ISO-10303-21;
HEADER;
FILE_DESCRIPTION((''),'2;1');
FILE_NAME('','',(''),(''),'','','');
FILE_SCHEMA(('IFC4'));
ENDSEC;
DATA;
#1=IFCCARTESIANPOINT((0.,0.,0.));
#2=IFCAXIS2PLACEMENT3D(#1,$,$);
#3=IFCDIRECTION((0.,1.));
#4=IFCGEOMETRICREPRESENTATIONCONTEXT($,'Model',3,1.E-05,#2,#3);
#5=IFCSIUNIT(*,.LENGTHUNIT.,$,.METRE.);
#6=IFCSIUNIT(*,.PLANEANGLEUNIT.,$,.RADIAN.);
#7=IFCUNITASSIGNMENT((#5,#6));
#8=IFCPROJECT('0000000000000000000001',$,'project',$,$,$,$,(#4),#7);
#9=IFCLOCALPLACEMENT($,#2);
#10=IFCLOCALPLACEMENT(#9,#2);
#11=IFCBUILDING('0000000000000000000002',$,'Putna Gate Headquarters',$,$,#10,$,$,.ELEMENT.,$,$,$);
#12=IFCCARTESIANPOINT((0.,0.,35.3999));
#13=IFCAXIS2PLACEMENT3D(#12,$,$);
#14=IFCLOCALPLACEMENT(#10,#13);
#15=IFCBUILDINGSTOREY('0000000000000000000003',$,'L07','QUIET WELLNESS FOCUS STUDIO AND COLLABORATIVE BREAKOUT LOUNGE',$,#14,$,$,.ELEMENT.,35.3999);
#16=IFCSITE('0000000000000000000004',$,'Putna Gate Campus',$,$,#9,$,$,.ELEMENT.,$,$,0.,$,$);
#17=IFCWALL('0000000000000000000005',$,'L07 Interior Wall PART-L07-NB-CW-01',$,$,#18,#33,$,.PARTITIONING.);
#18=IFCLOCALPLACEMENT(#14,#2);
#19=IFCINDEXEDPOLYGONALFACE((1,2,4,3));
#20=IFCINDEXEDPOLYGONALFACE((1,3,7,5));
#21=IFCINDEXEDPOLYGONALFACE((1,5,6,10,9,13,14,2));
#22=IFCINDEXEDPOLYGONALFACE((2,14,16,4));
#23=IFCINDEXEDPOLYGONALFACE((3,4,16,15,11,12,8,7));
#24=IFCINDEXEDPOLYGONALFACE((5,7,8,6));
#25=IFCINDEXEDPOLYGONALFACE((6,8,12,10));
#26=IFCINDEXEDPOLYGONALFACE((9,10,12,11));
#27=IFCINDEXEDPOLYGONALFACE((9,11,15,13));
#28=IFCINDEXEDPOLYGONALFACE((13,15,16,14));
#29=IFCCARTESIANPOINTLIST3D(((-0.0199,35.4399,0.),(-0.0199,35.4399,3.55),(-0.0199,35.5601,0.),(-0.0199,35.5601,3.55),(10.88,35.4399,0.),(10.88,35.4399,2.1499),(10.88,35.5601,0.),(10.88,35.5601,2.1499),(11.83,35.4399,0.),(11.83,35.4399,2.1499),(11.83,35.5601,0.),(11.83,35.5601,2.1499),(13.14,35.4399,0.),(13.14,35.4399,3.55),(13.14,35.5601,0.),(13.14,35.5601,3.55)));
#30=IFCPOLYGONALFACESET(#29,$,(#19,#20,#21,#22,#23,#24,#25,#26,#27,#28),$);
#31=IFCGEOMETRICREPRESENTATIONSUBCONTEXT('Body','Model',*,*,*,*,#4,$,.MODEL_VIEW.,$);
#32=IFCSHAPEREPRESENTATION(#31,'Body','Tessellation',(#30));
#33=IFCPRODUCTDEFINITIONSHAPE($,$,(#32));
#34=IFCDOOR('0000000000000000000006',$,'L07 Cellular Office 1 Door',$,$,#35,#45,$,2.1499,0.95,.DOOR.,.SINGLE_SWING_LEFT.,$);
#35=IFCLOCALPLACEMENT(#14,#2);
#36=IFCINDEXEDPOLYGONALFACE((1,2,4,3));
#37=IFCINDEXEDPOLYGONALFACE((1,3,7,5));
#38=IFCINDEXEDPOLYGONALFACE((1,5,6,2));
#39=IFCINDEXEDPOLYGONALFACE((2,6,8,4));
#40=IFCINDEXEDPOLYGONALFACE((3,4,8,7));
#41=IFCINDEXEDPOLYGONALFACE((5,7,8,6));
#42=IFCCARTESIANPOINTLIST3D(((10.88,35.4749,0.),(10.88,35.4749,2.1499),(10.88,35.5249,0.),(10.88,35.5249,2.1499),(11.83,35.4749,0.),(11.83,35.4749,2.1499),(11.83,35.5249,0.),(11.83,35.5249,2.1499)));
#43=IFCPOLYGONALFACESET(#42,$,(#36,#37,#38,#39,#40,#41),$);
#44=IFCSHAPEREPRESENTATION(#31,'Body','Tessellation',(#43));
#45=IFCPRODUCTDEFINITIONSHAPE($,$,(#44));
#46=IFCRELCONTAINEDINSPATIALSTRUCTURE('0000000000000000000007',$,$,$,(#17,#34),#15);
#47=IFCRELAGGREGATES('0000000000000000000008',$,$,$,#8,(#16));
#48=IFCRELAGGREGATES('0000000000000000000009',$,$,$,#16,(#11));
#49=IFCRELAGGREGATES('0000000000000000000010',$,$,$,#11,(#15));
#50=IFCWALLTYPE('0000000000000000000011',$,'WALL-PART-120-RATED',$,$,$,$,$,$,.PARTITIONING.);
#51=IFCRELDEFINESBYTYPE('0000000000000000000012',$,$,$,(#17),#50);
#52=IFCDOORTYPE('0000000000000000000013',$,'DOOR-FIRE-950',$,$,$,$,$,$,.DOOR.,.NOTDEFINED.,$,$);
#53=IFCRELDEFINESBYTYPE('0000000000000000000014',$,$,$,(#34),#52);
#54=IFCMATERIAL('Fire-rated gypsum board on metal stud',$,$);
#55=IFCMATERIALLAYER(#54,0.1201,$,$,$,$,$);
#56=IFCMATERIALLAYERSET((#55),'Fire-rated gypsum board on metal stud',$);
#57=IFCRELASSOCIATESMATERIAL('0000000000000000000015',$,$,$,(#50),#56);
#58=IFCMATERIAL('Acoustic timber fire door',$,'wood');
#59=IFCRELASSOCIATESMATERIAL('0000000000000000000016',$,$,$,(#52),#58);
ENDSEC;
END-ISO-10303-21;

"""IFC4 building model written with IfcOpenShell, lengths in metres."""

from ifc_helpers import new_model, si_unit, direction, frame, frame_2d, origin, place, context, subcontext, project, spatial, rectangle, extrude, material, layer, layer_set, type_object, element, fill, save


model = new_model("IFC4")

# Units and contexts
model_context = context("Model", 3, precision=1e-05, world=origin(), true_north=direction((0.0, 1.0)))
body_context = subcontext(model_context, "Body", "Model", "MODEL_VIEW")
ifc_project = project(units=[si_unit("LENGTHUNIT", "METRE"), si_unit("PLANEANGLEUNIT", "RADIAN")], contexts=[model_context])

# Site, building, storey
site_placement = place(None, origin())
site = spatial("IfcSite", under=ifc_project, at=site_placement, Name="Putna Gate Campus", CompositionType="ELEMENT", RefElevation=0.0)
building_placement = place(site_placement, origin())
building = spatial("IfcBuilding", under=site, at=building_placement, Name="Putna Gate Headquarters", CompositionType="ELEMENT")
storey_placement = place(building_placement, frame((0.0, 0.0, 35.3999)))
storey = spatial("IfcBuildingStorey", under=building, at=storey_placement, Name="L07", Description="QUIET WELLNESS FOCUS STUDIO AND COLLABORATIVE BREAKOUT LOUNGE", CompositionType="ELEMENT", Elevation=35.3999)

# Shared definitions
ifc_material_1 = material(Name="Fire-rated gypsum board on metal stud")
ifc_layer_1 = layer(ifc_material_1, 0.1201)
ifc_layer_set_1 = layer_set([ifc_layer_1], Name="Fire-rated gypsum board on metal stud")
wall_type_1 = type_object("IfcWallType", Name="WALL-PART-120-RATED", PredefinedType="PARTITIONING", material=ifc_layer_set_1)
ifc_material_2 = material(Name="Acoustic timber fire door", Category="wood")
door_type_1 = type_object("IfcDoorType", Name="DOOR-FIRE-950", OperationType="NOTDEFINED", PredefinedType="DOOR", material=ifc_material_2)

# Wall, opening, door
wall_1_placement = place(storey_placement, frame((-0.02, 35.5, 0.0), z_axis=(0.0, 0.0, 1.0), x_axis=(1.0, 0.0, 0.0)))
wall_1 = element("IfcWall", 1, at=wall_1_placement, inside=storey, type_object=wall_type_1, Name="L07 Interior Wall PART-L07-NB-CW-01", PredefinedType="PARTITIONING", context=body_context, shape_type="SweptSolid", body=[
    extrude(rectangle(XDim=13.1599, YDim=0.1201, at=frame_2d((6.5801, 0.0))), origin(), (0.0, 0.0, 1.0), 3.55),
])
opening_1_placement = place(wall_1_placement, frame((10.8999, 0.0, 0.0)))
opening_1 = element("IfcOpeningElement", 2, at=opening_1_placement, cuts=wall_1, PredefinedType="OPENING", context=body_context, shape_type="SweptSolid", body=[
    extrude(rectangle(XDim=0.95, YDim=2.1499, at=frame_2d((0.4751, 1.075))), frame((0.0, 0.0701, 0.0), z_axis=(0.0, -1.0, 0.0), x_axis=(1.0, 0.0, 0.0)), (0.0, 0.0, 1.0), 0.1401),
])
door_1_placement = place(opening_1_placement, origin())
door_1 = element("IfcDoor", 3, at=door_1_placement, inside=storey, type_object=door_type_1, Name="L07 Cellular Office 1 Door", OperationType="SINGLE_SWING_LEFT", OverallHeight=2.1499, OverallWidth=0.95, PredefinedType="DOOR", context=body_context, shape_type="SweptSolid", body=[
    extrude(rectangle(XDim=0.95, YDim=2.1499, at=frame_2d((0.4751, 1.075))), frame((0.0, 0.0249, 0.0), z_axis=(0.0, -1.0, 0.0), x_axis=(1.0, 0.0, 0.0)), (0.0, 0.0, 1.0), 0.05),
])
fill(opening_1, door_1)

save(model, "model.ifc")
